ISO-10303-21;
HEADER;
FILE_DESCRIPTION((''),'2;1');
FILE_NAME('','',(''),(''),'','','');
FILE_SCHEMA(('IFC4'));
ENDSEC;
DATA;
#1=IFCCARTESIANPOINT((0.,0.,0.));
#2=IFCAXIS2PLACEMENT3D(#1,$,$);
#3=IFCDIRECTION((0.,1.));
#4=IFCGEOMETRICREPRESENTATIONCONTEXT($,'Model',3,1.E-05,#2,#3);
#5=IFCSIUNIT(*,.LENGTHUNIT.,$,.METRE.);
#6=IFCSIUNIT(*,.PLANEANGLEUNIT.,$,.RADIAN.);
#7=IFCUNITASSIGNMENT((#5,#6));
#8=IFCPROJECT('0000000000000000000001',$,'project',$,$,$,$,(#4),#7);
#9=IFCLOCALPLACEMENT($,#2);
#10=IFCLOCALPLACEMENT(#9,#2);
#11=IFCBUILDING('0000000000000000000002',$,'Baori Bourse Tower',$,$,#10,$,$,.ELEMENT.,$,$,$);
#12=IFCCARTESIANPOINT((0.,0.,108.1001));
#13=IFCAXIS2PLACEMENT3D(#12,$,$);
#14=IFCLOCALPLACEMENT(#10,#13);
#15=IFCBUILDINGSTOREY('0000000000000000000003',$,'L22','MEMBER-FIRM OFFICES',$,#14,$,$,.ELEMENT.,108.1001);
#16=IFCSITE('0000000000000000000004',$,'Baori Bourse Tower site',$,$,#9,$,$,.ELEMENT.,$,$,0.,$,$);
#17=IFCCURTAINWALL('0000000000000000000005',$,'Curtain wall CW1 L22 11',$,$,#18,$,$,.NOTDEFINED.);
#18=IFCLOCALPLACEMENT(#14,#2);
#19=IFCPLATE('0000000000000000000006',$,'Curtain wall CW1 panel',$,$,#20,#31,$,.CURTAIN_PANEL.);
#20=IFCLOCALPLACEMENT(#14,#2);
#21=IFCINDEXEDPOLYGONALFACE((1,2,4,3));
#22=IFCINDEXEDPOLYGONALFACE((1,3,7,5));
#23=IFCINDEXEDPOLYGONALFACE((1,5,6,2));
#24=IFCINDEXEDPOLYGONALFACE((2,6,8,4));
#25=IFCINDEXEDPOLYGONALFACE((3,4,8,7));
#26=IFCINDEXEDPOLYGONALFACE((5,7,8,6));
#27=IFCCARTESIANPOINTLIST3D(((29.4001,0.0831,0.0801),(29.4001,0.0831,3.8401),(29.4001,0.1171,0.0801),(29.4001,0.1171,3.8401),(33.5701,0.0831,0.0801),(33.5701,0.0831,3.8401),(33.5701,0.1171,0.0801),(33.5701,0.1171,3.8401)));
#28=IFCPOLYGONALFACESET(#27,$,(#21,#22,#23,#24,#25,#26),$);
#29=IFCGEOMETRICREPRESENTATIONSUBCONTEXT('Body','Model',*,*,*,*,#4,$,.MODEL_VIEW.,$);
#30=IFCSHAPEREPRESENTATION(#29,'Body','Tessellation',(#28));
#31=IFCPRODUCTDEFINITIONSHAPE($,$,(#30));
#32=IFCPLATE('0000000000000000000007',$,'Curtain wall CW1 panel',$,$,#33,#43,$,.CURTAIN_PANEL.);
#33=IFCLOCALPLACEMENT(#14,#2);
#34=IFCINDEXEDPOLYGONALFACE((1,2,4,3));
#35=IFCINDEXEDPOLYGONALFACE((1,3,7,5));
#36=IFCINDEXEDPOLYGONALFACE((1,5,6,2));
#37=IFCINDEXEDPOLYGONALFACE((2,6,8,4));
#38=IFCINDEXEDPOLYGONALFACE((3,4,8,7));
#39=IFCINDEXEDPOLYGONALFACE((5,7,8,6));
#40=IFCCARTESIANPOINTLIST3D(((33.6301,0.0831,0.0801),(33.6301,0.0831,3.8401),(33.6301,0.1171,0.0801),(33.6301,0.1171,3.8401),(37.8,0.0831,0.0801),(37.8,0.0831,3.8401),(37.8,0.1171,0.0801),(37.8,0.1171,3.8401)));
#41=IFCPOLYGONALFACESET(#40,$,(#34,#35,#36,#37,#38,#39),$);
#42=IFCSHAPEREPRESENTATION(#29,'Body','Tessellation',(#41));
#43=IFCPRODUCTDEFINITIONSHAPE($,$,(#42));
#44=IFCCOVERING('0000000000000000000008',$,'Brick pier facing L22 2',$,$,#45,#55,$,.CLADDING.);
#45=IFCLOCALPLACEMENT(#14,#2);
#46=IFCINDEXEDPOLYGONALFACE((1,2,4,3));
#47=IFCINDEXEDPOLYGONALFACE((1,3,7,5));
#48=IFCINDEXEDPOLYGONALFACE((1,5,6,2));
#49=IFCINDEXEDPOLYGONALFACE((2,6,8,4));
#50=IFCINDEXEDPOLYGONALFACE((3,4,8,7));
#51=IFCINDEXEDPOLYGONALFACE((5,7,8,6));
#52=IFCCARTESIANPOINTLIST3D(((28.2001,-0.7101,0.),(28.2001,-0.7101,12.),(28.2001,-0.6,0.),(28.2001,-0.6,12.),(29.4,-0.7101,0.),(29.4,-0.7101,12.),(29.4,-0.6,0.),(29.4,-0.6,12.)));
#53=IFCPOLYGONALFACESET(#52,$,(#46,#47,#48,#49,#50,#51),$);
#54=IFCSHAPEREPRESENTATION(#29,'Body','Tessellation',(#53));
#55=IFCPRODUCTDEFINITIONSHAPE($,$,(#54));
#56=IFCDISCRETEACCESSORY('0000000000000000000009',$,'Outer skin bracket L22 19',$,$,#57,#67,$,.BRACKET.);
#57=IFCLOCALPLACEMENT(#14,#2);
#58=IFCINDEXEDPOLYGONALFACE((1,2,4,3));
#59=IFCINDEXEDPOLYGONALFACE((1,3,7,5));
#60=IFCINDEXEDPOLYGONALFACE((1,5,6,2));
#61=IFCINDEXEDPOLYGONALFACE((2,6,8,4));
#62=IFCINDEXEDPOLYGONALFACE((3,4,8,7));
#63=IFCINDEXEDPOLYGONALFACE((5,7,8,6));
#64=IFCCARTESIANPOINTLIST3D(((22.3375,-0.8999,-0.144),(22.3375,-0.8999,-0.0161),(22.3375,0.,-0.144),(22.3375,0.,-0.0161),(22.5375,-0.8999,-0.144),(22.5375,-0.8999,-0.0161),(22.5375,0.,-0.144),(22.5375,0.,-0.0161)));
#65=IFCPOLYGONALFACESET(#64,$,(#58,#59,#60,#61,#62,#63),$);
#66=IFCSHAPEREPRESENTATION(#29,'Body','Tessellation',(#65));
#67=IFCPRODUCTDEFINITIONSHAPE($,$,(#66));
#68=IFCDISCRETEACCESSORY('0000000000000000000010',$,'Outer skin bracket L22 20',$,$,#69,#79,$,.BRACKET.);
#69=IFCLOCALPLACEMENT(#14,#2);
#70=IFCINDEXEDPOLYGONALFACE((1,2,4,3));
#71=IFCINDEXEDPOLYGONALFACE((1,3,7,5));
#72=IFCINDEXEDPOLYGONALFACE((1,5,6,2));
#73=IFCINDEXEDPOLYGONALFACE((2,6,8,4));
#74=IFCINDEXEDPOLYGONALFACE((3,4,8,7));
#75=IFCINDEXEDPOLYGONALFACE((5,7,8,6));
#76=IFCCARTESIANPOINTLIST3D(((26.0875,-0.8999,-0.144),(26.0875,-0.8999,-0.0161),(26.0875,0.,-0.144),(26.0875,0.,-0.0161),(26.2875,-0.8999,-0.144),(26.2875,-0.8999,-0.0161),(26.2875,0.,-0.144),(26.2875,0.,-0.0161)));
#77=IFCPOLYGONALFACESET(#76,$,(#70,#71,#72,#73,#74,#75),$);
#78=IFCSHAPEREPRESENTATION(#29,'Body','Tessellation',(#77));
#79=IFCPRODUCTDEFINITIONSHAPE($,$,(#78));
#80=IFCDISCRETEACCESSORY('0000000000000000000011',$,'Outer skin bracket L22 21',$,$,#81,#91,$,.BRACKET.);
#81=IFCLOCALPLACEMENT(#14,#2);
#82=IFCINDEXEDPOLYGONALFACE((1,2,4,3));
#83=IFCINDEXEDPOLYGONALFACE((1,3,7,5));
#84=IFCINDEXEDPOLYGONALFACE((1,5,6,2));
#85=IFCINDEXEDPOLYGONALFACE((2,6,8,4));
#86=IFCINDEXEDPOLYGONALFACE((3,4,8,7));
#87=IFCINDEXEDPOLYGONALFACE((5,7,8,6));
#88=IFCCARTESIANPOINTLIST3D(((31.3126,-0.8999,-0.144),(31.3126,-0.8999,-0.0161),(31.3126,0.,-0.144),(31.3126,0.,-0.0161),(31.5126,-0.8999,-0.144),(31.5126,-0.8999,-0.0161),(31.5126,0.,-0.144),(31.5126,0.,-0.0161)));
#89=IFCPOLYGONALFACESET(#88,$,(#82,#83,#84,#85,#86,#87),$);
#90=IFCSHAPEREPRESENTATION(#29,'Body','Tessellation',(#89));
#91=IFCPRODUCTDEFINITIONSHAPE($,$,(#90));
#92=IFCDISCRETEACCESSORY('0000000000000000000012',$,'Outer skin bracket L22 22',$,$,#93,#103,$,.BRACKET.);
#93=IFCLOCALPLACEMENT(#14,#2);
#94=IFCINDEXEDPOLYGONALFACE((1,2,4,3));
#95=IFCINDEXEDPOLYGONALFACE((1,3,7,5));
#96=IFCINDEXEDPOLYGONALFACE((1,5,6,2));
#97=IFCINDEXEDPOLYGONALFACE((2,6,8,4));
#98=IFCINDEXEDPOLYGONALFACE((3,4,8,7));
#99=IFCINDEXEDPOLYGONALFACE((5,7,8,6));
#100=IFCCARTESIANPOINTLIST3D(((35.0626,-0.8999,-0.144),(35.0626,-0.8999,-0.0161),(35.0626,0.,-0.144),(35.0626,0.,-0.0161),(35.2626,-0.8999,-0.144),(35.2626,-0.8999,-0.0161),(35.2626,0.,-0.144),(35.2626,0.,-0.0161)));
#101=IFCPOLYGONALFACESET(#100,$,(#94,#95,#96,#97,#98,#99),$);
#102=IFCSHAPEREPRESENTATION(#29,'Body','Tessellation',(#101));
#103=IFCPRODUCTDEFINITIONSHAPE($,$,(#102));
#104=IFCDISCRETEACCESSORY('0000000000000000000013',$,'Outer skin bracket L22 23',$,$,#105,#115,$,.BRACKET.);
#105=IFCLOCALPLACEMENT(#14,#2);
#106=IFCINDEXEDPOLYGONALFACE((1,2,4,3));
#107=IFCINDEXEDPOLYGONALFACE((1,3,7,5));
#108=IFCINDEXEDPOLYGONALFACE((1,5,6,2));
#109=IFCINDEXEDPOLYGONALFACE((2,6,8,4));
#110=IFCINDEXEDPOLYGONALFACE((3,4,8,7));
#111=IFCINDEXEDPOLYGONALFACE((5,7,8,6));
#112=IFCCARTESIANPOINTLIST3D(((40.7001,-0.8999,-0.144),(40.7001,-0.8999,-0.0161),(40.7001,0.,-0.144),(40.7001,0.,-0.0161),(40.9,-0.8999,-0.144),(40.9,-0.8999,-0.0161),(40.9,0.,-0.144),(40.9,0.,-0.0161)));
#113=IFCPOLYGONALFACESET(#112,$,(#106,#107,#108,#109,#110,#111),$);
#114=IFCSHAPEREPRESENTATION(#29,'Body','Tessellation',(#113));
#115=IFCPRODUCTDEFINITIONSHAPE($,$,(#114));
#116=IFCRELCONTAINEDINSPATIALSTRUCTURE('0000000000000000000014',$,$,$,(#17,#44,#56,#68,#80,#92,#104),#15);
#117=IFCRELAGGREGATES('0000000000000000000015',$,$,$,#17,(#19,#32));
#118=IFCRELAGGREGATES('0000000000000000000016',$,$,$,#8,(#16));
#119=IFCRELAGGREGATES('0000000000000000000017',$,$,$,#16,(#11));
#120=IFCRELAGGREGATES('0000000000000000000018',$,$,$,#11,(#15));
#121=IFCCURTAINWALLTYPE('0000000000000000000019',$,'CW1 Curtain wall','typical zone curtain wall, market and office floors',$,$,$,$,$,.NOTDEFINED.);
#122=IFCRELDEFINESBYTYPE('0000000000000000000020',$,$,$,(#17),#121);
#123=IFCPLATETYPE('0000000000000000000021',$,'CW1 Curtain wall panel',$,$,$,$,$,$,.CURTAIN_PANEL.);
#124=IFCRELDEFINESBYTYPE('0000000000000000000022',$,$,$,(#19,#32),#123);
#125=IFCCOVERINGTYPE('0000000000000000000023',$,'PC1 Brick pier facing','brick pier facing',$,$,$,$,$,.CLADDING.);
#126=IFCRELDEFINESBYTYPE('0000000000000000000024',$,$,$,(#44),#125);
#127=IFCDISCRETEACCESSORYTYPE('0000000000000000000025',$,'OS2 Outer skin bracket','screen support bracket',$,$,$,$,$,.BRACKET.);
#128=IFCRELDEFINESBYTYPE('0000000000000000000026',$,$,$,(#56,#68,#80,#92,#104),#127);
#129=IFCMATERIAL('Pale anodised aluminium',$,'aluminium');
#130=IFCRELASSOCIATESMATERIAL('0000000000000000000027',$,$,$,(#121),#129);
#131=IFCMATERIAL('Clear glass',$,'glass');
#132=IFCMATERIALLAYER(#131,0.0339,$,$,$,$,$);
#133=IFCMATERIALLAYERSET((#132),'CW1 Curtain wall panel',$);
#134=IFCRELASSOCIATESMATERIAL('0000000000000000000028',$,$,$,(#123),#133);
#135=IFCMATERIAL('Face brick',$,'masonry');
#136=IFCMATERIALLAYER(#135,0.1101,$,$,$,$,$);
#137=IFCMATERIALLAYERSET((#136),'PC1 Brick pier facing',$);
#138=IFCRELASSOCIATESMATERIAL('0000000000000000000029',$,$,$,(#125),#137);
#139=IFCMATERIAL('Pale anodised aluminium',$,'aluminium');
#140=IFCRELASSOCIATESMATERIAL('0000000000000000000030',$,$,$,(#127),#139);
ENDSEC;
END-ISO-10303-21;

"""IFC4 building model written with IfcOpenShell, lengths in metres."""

from ifc_helpers import new_model, si_unit, direction, frame, origin, origin_2d, place, context, subcontext, project, spatial, rectangle, extrude, material, layer, layer_set, type_object, element, aggregate, save


model = new_model("IFC4")

# Units and contexts
model_context = context("Model", 3, precision=1e-05, world=origin(), true_north=direction((0.0, 1.0)))
body_context = subcontext(model_context, "Body", "Model", "MODEL_VIEW")
ifc_project = project(units=[si_unit("LENGTHUNIT", "METRE"), si_unit("PLANEANGLEUNIT", "RADIAN")], contexts=[model_context])

# Site, building, storey
site_placement = place(None, origin())
site = spatial("IfcSite", under=ifc_project, at=site_placement, Name="Baori Bourse Tower site", CompositionType="ELEMENT", RefElevation=0.0)
building_placement = place(site_placement, origin())
building = spatial("IfcBuilding", under=site, at=building_placement, Name="Baori Bourse Tower", CompositionType="ELEMENT")
storey_placement = place(building_placement, frame((0.0, 0.0, 108.1001)))
storey = spatial("IfcBuildingStorey", under=building, at=storey_placement, Name="L22", Description="MEMBER-FIRM OFFICES", CompositionType="ELEMENT", Elevation=108.1001)

# Curtain wall
ifc_material_1 = material(Name="Pale anodised aluminium", Category="aluminium")
curtain_wall_type = type_object("IfcCurtainWallType", Name="CW1 Curtain wall", Description="typical zone curtain wall, market and office floors", PredefinedType="NOTDEFINED", material=ifc_material_1)
curtain_wall_placement = place(storey_placement, origin())
curtain_wall = element("IfcCurtainWall", 1, at=curtain_wall_placement, inside=storey, type_object=curtain_wall_type, Name="Curtain wall CW1 L22 11", PredefinedType="NOTDEFINED")

# Plates
ifc_material_2 = material(Name="Clear glass", Category="glass")
ifc_layer_1 = layer(ifc_material_2, 0.0339)
ifc_layer_set_1 = layer_set([ifc_layer_1], Name="CW1 Curtain wall panel")
plate_type = type_object("IfcPlateType", Name="CW1 Curtain wall panel", PredefinedType="CURTAIN_PANEL", material=ifc_layer_set_1)
plate_1_placement = place(storey_placement, frame((31.4851, 0.1001, 0.0801), z_axis=(0.0, 0.0, 1.0), x_axis=(1.0, 0.0, 0.0)))
plate_1 = element("IfcPlate", 2, at=plate_1_placement, type_object=plate_type, Name="Curtain wall CW1 panel", PredefinedType="CURTAIN_PANEL", context=body_context, shape_type="SweptSolid", body=[
    extrude(rectangle(XDim=4.1699, YDim=0.0339, at=origin_2d()), origin(), (0.0, 0.0, 1.0), 3.76),
])
plate_2_placement = place(storey_placement, frame((35.7151, 0.1001, 0.0801), z_axis=(0.0, 0.0, 1.0), x_axis=(1.0, 0.0, 0.0)))
plate_2 = element("IfcPlate", 3, at=plate_2_placement, type_object=plate_type, Name="Curtain wall CW1 panel", PredefinedType="CURTAIN_PANEL", context=body_context, shape_type="SweptSolid", body=[
    extrude(rectangle(XDim=4.1699, YDim=0.0339, at=origin_2d()), origin(), (0.0, 0.0, 1.0), 3.76),
])
aggregate(curtain_wall, [plate_1, plate_2])

# Covering
ifc_material_3 = material(Name="Face brick", Category="masonry")
ifc_layer_2 = layer(ifc_material_3, 0.1101)
ifc_layer_set_2 = layer_set([ifc_layer_2], Name="PC1 Brick pier facing")
covering_type = type_object("IfcCoveringType", Name="PC1 Brick pier facing", Description="brick pier facing", PredefinedType="CLADDING", material=ifc_layer_set_2)
covering_placement = place(storey_placement, frame((28.8, -0.655, 0.0), z_axis=(0.0, 0.0, 1.0), x_axis=(1.0, 0.0, 0.0)))
element("IfcCovering", 4, at=covering_placement, inside=storey, type_object=covering_type, Name="Brick pier facing L22 2", PredefinedType="CLADDING", context=body_context, shape_type="SweptSolid", body=[
    extrude(rectangle(XDim=1.2, YDim=0.1101, at=origin_2d()), origin(), (0.0, 0.0, 1.0), 12.0),
])

# Discrete accessories
ifc_material_4 = material(Name="Pale anodised aluminium", Category="aluminium")
discrete_accessory_type = type_object("IfcDiscreteAccessoryType", Name="OS2 Outer skin bracket", Description="screen support bracket", PredefinedType="BRACKET", material=ifc_material_4)
for number, where, z_axis, x_axis, name in (
    (5, (22.4375, -0.45, -0.144), (0.0, 0.0, 1.0), (1.0, 0.0, 0.0), "Outer skin bracket L22 19"),
    (6, (26.1875, -0.45, -0.144), (0.0, 0.0, 1.0), (1.0, 0.0, 0.0), "Outer skin bracket L22 20"),
    (7, (31.4126, -0.45, -0.144), (0.0, 0.0, 1.0), (1.0, 0.0, 0.0), "Outer skin bracket L22 21"),
    (8, (35.1626, -0.45, -0.144), (0.0, 0.0, 1.0), (1.0, 0.0, 0.0), "Outer skin bracket L22 22"),
    (9, (40.8, -0.45, -0.144), (0.0, 0.0, 1.0), (1.0, 0.0, 0.0), "Outer skin bracket L22 23"),
):
    element("IfcDiscreteAccessory", number, at=place(storey_placement, frame(where, z_axis=z_axis, x_axis=x_axis)), inside=storey, type_object=discrete_accessory_type, Name=name, PredefinedType="BRACKET", context=body_context, shape_type="SweptSolid", body=[
        extrude(rectangle(XDim=0.2, YDim=0.8999, at=origin_2d()), origin(), (0.0, 0.0, 1.0), 0.1279),
    ])

save(model, "model.ifc")
